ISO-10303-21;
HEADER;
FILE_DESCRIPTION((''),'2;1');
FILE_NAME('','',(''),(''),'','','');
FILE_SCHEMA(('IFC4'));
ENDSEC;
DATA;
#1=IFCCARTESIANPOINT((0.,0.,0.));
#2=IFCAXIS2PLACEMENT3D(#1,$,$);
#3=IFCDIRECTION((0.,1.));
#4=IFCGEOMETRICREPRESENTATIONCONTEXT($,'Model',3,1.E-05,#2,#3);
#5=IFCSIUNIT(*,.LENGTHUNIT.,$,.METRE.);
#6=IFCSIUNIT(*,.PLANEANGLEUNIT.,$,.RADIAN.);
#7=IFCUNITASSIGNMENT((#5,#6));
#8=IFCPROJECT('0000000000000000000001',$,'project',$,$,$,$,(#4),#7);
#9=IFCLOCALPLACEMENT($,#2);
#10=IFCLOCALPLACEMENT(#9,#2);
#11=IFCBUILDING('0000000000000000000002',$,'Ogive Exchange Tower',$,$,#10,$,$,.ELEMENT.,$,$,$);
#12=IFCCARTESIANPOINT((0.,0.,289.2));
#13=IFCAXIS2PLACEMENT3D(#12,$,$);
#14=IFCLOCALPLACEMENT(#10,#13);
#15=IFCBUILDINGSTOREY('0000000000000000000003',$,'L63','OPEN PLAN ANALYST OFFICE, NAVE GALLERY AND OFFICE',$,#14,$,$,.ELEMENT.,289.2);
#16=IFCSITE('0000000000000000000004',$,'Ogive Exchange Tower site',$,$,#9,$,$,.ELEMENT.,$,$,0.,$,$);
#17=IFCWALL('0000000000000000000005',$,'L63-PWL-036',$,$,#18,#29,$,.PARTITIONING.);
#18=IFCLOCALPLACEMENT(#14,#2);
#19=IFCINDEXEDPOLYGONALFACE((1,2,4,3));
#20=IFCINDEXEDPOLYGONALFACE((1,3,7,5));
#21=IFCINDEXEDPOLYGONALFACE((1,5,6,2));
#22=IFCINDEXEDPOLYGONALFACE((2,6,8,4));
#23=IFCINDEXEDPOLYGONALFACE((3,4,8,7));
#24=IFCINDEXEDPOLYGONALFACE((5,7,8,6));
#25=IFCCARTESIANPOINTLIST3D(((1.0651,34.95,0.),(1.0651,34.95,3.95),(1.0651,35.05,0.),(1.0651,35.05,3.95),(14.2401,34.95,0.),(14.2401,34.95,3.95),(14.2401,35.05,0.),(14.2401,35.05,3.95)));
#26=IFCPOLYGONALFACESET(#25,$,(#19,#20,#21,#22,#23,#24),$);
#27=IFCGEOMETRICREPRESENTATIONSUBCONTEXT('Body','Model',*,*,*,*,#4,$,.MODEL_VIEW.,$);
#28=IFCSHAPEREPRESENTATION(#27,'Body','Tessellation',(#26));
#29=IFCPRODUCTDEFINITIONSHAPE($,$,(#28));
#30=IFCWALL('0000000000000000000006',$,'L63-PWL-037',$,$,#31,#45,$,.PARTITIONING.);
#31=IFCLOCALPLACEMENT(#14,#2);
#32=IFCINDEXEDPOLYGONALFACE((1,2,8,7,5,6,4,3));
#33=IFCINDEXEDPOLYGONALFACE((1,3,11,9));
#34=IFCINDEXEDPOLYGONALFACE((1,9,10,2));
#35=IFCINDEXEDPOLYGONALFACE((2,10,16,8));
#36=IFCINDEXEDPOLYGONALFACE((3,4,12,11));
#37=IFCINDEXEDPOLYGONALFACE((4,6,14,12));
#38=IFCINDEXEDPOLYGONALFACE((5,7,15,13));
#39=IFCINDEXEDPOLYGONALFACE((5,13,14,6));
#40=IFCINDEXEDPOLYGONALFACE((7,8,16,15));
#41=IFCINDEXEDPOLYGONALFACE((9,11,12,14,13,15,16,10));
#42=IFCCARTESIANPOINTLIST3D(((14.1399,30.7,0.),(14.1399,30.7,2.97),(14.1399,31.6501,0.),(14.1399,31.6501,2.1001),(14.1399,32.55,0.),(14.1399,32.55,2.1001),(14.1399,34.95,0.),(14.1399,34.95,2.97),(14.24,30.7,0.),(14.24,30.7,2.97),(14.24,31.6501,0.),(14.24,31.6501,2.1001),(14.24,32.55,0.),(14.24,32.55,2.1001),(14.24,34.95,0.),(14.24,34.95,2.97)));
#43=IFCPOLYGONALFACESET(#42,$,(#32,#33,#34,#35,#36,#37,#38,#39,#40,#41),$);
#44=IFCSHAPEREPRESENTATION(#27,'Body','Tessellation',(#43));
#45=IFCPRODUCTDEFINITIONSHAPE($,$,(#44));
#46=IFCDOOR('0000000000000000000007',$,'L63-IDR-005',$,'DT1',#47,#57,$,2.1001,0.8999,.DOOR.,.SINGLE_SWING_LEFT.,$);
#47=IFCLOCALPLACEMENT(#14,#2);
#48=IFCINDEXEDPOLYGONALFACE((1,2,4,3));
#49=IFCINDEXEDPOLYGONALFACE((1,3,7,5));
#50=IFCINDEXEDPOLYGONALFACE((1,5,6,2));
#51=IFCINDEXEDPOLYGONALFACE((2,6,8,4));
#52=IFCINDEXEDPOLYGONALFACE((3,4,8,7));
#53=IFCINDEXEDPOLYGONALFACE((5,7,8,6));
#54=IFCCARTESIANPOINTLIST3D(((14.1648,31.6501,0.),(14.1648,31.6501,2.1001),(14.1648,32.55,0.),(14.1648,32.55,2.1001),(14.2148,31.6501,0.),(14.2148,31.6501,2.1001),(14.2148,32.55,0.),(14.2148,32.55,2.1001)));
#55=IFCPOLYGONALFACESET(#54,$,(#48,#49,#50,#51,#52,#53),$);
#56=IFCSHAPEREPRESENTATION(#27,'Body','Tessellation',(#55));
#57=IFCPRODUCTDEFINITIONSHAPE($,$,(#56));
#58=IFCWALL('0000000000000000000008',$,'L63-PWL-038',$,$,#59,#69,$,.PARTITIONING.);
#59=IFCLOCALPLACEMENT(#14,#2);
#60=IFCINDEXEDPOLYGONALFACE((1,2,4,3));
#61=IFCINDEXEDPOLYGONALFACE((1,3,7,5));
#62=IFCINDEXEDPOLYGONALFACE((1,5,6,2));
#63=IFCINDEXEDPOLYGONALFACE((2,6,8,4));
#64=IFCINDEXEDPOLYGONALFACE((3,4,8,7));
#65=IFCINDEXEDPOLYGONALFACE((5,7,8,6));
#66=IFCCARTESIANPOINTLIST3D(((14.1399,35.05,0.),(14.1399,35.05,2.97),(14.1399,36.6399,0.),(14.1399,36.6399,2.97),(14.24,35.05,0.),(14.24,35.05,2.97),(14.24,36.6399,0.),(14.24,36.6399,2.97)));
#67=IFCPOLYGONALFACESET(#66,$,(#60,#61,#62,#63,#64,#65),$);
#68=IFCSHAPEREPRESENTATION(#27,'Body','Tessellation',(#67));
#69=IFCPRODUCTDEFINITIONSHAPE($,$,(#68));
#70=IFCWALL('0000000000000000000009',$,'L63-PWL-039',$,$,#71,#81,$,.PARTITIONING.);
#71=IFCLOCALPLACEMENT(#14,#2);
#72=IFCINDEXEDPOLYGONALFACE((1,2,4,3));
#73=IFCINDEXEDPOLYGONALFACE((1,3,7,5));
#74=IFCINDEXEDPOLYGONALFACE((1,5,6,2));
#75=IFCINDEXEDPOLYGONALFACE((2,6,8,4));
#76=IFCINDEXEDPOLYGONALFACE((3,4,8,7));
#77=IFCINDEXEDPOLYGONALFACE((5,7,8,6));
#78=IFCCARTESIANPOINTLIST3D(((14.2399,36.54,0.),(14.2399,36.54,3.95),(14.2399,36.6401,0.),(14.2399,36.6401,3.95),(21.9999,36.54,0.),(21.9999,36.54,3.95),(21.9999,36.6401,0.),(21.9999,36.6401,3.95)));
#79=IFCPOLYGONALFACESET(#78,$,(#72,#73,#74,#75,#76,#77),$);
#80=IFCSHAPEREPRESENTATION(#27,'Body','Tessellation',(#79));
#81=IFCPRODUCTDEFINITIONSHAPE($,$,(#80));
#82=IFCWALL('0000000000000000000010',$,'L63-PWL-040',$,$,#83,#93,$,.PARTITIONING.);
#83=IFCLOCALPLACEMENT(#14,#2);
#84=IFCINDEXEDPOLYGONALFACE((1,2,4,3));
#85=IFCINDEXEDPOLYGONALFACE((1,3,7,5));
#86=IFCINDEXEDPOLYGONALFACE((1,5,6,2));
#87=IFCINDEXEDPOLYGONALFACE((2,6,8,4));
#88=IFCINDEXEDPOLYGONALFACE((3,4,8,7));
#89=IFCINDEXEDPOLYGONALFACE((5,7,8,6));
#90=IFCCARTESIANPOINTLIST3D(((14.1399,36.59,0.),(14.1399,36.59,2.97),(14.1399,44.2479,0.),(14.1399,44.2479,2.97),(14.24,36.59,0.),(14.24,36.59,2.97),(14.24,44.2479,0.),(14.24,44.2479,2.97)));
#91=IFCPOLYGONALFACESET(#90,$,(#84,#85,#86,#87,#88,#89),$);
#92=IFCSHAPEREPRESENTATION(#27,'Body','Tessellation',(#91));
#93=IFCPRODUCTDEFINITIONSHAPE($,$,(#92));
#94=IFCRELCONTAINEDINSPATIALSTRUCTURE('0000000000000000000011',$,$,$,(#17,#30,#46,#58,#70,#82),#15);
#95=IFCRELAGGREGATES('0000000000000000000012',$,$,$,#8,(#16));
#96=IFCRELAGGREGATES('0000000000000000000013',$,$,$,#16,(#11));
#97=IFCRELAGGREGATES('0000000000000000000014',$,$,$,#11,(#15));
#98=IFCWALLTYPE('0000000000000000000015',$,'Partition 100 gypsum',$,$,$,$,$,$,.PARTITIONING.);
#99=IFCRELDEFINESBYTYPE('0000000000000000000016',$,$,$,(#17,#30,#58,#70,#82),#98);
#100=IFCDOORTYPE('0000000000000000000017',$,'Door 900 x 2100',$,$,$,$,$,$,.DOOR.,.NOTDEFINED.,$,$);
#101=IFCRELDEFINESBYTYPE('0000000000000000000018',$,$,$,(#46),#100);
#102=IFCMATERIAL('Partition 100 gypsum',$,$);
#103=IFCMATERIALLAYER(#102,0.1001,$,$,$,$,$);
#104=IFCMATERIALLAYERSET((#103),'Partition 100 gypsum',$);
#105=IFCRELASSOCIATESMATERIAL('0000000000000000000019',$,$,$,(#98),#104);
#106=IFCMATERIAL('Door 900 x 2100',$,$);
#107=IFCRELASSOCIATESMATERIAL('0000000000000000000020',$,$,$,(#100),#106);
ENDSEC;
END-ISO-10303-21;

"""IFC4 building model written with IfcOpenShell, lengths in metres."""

from ifc_helpers import new_model, si_unit, direction, frame, frame_2d, origin, place, context, subcontext, project, spatial, rectangle, extrude, material, layer, layer_set, type_object, element, fill, save


model = new_model("IFC4")

# Units and contexts
model_context = context("Model", 3, precision=1e-05, world=origin(), true_north=direction((0.0, 1.0)))
body_context = subcontext(model_context, "Body", "Model", "MODEL_VIEW")
ifc_project = project(units=[si_unit("LENGTHUNIT", "METRE"), si_unit("PLANEANGLEUNIT", "RADIAN")], contexts=[model_context])

# Site, building, storey
site_placement = place(None, origin())
site = spatial("IfcSite", under=ifc_project, at=site_placement, Name="Ogive Exchange Tower site", CompositionType="ELEMENT", RefElevation=0.0)
building_placement = place(site_placement, origin())
building = spatial("IfcBuilding", under=site, at=building_placement, Name="Ogive Exchange Tower", CompositionType="ELEMENT")
storey_placement = place(building_placement, frame((0.0, 0.0, 289.2)))
storey = spatial("IfcBuildingStorey", under=building, at=storey_placement, Name="L63", Description="OPEN PLAN ANALYST OFFICE, NAVE GALLERY AND OFFICE", CompositionType="ELEMENT", Elevation=289.2)

# Wall
ifc_material_1 = material(Name="Partition 100 gypsum")
ifc_layer_1 = layer(ifc_material_1, 0.1001)
ifc_layer_set_1 = layer_set([ifc_layer_1], Name="Partition 100 gypsum")
wall_type_1 = type_object("IfcWallType", Name="Partition 100 gypsum", PredefinedType="PARTITIONING", material=ifc_layer_set_1)
wall_1_placement = place(storey_placement, frame((14.24, 35.0, 0.0), z_axis=(0.0, 0.0, 1.0), x_axis=(-1.0, 0.0, 0.0)))
element("IfcWall", 1, at=wall_1_placement, inside=storey, type_object=wall_type_1, Name="L63-PWL-036", PredefinedType="PARTITIONING", context=body_context, shape_type="SweptSolid", body=[
    extrude(rectangle(XDim=13.175, YDim=0.1001, at=frame_2d((6.5874, 0.0))), origin(), (0.0, 0.0, 1.0), 3.95),
])

# Wall, opening, door
wall_2_placement = place(storey_placement, frame((14.1899, 34.95, 0.0), z_axis=(0.0, 0.0, 1.0), x_axis=(0.0, -1.0, 0.0)))
wall_2 = element("IfcWall", 2, at=wall_2_placement, inside=storey, type_object=wall_type_1, Name="L63-PWL-037", PredefinedType="PARTITIONING", context=body_context, shape_type="SweptSolid", body=[
    extrude(rectangle(XDim=4.25, YDim=0.1001, at=frame_2d((2.125, 0.0))), origin(), (0.0, 0.0, 1.0), 2.97),
])
opening_1_placement = place(wall_2_placement, frame((2.3999, 0.0, 0.0)))
opening_1 = element("IfcOpeningElement", 3, at=opening_1_placement, cuts=wall_2, PredefinedType="OPENING", context=body_context, shape_type="SweptSolid", body=[
    extrude(rectangle(XDim=0.8999, YDim=2.1001, at=frame_2d((0.45, 1.05))), frame((0.0, 0.0601, 0.0), z_axis=(0.0, -1.0, 0.0), x_axis=(1.0, 0.0, 0.0)), (0.0, 0.0, 1.0), 0.1201),
])
ifc_material_2 = material(Name="Door 900 x 2100")
door_type_1 = type_object("IfcDoorType", Name="Door 900 x 2100", OperationType="NOTDEFINED", PredefinedType="DOOR", material=ifc_material_2)
door_1_placement = place(opening_1_placement, origin())
door_1 = element("IfcDoor", 4, at=door_1_placement, inside=storey, type_object=door_type_1, Name="L63-IDR-005", ObjectType="DT1", OperationType="SINGLE_SWING_LEFT", OverallHeight=2.1001, OverallWidth=0.8999, PredefinedType="DOOR", context=body_context, shape_type="SweptSolid", body=[
    extrude(rectangle(XDim=0.8999, YDim=2.1001, at=frame_2d((0.45, 1.05))), frame((0.0, 0.0249, 0.0), z_axis=(0.0, -1.0, 0.0), x_axis=(1.0, 0.0, 0.0)), (0.0, 0.0, 1.0), 0.05),
])
fill(opening_1, door_1)

# Walls
wall_3_placement = place(storey_placement, frame((14.1899, 36.6399, 0.0), z_axis=(0.0, 0.0, 1.0), x_axis=(0.0, -1.0, 0.0)))
element("IfcWall", 5, at=wall_3_placement, inside=storey, type_object=wall_type_1, Name="L63-PWL-038", PredefinedType="PARTITIONING", context=body_context, shape_type="SweptSolid", body=[
    extrude(rectangle(XDim=1.5898, YDim=0.1001, at=frame_2d((0.7949, 0.0))), origin(), (0.0, 0.0, 1.0), 2.97),
])
wall_4_placement = place(storey_placement, frame((14.24, 36.5901, 0.0), z_axis=(0.0, 0.0, 1.0), x_axis=(1.0, 0.0, 0.0)))
element("IfcWall", 6, at=wall_4_placement, inside=storey, type_object=wall_type_1, Name="L63-PWL-039", PredefinedType="PARTITIONING", context=body_context, shape_type="SweptSolid", body=[
    extrude(rectangle(XDim=7.76, YDim=0.1001, at=frame_2d((3.8799, 0.0))), origin(), (0.0, 0.0, 1.0), 3.95),
])
wall_5_placement = place(storey_placement, frame((14.1899, 44.248, 0.0), z_axis=(0.0, 0.0, 1.0), x_axis=(0.0, -1.0, 0.0)))
element("IfcWall", 7, at=wall_5_placement, inside=storey, type_object=wall_type_1, Name="L63-PWL-040", PredefinedType="PARTITIONING", context=body_context, shape_type="SweptSolid", body=[
    extrude(rectangle(XDim=7.658, YDim=0.1001, at=frame_2d((3.8291, 0.0))), origin(), (0.0, 0.0, 1.0), 2.97),
])

save(model, "model.ifc")
